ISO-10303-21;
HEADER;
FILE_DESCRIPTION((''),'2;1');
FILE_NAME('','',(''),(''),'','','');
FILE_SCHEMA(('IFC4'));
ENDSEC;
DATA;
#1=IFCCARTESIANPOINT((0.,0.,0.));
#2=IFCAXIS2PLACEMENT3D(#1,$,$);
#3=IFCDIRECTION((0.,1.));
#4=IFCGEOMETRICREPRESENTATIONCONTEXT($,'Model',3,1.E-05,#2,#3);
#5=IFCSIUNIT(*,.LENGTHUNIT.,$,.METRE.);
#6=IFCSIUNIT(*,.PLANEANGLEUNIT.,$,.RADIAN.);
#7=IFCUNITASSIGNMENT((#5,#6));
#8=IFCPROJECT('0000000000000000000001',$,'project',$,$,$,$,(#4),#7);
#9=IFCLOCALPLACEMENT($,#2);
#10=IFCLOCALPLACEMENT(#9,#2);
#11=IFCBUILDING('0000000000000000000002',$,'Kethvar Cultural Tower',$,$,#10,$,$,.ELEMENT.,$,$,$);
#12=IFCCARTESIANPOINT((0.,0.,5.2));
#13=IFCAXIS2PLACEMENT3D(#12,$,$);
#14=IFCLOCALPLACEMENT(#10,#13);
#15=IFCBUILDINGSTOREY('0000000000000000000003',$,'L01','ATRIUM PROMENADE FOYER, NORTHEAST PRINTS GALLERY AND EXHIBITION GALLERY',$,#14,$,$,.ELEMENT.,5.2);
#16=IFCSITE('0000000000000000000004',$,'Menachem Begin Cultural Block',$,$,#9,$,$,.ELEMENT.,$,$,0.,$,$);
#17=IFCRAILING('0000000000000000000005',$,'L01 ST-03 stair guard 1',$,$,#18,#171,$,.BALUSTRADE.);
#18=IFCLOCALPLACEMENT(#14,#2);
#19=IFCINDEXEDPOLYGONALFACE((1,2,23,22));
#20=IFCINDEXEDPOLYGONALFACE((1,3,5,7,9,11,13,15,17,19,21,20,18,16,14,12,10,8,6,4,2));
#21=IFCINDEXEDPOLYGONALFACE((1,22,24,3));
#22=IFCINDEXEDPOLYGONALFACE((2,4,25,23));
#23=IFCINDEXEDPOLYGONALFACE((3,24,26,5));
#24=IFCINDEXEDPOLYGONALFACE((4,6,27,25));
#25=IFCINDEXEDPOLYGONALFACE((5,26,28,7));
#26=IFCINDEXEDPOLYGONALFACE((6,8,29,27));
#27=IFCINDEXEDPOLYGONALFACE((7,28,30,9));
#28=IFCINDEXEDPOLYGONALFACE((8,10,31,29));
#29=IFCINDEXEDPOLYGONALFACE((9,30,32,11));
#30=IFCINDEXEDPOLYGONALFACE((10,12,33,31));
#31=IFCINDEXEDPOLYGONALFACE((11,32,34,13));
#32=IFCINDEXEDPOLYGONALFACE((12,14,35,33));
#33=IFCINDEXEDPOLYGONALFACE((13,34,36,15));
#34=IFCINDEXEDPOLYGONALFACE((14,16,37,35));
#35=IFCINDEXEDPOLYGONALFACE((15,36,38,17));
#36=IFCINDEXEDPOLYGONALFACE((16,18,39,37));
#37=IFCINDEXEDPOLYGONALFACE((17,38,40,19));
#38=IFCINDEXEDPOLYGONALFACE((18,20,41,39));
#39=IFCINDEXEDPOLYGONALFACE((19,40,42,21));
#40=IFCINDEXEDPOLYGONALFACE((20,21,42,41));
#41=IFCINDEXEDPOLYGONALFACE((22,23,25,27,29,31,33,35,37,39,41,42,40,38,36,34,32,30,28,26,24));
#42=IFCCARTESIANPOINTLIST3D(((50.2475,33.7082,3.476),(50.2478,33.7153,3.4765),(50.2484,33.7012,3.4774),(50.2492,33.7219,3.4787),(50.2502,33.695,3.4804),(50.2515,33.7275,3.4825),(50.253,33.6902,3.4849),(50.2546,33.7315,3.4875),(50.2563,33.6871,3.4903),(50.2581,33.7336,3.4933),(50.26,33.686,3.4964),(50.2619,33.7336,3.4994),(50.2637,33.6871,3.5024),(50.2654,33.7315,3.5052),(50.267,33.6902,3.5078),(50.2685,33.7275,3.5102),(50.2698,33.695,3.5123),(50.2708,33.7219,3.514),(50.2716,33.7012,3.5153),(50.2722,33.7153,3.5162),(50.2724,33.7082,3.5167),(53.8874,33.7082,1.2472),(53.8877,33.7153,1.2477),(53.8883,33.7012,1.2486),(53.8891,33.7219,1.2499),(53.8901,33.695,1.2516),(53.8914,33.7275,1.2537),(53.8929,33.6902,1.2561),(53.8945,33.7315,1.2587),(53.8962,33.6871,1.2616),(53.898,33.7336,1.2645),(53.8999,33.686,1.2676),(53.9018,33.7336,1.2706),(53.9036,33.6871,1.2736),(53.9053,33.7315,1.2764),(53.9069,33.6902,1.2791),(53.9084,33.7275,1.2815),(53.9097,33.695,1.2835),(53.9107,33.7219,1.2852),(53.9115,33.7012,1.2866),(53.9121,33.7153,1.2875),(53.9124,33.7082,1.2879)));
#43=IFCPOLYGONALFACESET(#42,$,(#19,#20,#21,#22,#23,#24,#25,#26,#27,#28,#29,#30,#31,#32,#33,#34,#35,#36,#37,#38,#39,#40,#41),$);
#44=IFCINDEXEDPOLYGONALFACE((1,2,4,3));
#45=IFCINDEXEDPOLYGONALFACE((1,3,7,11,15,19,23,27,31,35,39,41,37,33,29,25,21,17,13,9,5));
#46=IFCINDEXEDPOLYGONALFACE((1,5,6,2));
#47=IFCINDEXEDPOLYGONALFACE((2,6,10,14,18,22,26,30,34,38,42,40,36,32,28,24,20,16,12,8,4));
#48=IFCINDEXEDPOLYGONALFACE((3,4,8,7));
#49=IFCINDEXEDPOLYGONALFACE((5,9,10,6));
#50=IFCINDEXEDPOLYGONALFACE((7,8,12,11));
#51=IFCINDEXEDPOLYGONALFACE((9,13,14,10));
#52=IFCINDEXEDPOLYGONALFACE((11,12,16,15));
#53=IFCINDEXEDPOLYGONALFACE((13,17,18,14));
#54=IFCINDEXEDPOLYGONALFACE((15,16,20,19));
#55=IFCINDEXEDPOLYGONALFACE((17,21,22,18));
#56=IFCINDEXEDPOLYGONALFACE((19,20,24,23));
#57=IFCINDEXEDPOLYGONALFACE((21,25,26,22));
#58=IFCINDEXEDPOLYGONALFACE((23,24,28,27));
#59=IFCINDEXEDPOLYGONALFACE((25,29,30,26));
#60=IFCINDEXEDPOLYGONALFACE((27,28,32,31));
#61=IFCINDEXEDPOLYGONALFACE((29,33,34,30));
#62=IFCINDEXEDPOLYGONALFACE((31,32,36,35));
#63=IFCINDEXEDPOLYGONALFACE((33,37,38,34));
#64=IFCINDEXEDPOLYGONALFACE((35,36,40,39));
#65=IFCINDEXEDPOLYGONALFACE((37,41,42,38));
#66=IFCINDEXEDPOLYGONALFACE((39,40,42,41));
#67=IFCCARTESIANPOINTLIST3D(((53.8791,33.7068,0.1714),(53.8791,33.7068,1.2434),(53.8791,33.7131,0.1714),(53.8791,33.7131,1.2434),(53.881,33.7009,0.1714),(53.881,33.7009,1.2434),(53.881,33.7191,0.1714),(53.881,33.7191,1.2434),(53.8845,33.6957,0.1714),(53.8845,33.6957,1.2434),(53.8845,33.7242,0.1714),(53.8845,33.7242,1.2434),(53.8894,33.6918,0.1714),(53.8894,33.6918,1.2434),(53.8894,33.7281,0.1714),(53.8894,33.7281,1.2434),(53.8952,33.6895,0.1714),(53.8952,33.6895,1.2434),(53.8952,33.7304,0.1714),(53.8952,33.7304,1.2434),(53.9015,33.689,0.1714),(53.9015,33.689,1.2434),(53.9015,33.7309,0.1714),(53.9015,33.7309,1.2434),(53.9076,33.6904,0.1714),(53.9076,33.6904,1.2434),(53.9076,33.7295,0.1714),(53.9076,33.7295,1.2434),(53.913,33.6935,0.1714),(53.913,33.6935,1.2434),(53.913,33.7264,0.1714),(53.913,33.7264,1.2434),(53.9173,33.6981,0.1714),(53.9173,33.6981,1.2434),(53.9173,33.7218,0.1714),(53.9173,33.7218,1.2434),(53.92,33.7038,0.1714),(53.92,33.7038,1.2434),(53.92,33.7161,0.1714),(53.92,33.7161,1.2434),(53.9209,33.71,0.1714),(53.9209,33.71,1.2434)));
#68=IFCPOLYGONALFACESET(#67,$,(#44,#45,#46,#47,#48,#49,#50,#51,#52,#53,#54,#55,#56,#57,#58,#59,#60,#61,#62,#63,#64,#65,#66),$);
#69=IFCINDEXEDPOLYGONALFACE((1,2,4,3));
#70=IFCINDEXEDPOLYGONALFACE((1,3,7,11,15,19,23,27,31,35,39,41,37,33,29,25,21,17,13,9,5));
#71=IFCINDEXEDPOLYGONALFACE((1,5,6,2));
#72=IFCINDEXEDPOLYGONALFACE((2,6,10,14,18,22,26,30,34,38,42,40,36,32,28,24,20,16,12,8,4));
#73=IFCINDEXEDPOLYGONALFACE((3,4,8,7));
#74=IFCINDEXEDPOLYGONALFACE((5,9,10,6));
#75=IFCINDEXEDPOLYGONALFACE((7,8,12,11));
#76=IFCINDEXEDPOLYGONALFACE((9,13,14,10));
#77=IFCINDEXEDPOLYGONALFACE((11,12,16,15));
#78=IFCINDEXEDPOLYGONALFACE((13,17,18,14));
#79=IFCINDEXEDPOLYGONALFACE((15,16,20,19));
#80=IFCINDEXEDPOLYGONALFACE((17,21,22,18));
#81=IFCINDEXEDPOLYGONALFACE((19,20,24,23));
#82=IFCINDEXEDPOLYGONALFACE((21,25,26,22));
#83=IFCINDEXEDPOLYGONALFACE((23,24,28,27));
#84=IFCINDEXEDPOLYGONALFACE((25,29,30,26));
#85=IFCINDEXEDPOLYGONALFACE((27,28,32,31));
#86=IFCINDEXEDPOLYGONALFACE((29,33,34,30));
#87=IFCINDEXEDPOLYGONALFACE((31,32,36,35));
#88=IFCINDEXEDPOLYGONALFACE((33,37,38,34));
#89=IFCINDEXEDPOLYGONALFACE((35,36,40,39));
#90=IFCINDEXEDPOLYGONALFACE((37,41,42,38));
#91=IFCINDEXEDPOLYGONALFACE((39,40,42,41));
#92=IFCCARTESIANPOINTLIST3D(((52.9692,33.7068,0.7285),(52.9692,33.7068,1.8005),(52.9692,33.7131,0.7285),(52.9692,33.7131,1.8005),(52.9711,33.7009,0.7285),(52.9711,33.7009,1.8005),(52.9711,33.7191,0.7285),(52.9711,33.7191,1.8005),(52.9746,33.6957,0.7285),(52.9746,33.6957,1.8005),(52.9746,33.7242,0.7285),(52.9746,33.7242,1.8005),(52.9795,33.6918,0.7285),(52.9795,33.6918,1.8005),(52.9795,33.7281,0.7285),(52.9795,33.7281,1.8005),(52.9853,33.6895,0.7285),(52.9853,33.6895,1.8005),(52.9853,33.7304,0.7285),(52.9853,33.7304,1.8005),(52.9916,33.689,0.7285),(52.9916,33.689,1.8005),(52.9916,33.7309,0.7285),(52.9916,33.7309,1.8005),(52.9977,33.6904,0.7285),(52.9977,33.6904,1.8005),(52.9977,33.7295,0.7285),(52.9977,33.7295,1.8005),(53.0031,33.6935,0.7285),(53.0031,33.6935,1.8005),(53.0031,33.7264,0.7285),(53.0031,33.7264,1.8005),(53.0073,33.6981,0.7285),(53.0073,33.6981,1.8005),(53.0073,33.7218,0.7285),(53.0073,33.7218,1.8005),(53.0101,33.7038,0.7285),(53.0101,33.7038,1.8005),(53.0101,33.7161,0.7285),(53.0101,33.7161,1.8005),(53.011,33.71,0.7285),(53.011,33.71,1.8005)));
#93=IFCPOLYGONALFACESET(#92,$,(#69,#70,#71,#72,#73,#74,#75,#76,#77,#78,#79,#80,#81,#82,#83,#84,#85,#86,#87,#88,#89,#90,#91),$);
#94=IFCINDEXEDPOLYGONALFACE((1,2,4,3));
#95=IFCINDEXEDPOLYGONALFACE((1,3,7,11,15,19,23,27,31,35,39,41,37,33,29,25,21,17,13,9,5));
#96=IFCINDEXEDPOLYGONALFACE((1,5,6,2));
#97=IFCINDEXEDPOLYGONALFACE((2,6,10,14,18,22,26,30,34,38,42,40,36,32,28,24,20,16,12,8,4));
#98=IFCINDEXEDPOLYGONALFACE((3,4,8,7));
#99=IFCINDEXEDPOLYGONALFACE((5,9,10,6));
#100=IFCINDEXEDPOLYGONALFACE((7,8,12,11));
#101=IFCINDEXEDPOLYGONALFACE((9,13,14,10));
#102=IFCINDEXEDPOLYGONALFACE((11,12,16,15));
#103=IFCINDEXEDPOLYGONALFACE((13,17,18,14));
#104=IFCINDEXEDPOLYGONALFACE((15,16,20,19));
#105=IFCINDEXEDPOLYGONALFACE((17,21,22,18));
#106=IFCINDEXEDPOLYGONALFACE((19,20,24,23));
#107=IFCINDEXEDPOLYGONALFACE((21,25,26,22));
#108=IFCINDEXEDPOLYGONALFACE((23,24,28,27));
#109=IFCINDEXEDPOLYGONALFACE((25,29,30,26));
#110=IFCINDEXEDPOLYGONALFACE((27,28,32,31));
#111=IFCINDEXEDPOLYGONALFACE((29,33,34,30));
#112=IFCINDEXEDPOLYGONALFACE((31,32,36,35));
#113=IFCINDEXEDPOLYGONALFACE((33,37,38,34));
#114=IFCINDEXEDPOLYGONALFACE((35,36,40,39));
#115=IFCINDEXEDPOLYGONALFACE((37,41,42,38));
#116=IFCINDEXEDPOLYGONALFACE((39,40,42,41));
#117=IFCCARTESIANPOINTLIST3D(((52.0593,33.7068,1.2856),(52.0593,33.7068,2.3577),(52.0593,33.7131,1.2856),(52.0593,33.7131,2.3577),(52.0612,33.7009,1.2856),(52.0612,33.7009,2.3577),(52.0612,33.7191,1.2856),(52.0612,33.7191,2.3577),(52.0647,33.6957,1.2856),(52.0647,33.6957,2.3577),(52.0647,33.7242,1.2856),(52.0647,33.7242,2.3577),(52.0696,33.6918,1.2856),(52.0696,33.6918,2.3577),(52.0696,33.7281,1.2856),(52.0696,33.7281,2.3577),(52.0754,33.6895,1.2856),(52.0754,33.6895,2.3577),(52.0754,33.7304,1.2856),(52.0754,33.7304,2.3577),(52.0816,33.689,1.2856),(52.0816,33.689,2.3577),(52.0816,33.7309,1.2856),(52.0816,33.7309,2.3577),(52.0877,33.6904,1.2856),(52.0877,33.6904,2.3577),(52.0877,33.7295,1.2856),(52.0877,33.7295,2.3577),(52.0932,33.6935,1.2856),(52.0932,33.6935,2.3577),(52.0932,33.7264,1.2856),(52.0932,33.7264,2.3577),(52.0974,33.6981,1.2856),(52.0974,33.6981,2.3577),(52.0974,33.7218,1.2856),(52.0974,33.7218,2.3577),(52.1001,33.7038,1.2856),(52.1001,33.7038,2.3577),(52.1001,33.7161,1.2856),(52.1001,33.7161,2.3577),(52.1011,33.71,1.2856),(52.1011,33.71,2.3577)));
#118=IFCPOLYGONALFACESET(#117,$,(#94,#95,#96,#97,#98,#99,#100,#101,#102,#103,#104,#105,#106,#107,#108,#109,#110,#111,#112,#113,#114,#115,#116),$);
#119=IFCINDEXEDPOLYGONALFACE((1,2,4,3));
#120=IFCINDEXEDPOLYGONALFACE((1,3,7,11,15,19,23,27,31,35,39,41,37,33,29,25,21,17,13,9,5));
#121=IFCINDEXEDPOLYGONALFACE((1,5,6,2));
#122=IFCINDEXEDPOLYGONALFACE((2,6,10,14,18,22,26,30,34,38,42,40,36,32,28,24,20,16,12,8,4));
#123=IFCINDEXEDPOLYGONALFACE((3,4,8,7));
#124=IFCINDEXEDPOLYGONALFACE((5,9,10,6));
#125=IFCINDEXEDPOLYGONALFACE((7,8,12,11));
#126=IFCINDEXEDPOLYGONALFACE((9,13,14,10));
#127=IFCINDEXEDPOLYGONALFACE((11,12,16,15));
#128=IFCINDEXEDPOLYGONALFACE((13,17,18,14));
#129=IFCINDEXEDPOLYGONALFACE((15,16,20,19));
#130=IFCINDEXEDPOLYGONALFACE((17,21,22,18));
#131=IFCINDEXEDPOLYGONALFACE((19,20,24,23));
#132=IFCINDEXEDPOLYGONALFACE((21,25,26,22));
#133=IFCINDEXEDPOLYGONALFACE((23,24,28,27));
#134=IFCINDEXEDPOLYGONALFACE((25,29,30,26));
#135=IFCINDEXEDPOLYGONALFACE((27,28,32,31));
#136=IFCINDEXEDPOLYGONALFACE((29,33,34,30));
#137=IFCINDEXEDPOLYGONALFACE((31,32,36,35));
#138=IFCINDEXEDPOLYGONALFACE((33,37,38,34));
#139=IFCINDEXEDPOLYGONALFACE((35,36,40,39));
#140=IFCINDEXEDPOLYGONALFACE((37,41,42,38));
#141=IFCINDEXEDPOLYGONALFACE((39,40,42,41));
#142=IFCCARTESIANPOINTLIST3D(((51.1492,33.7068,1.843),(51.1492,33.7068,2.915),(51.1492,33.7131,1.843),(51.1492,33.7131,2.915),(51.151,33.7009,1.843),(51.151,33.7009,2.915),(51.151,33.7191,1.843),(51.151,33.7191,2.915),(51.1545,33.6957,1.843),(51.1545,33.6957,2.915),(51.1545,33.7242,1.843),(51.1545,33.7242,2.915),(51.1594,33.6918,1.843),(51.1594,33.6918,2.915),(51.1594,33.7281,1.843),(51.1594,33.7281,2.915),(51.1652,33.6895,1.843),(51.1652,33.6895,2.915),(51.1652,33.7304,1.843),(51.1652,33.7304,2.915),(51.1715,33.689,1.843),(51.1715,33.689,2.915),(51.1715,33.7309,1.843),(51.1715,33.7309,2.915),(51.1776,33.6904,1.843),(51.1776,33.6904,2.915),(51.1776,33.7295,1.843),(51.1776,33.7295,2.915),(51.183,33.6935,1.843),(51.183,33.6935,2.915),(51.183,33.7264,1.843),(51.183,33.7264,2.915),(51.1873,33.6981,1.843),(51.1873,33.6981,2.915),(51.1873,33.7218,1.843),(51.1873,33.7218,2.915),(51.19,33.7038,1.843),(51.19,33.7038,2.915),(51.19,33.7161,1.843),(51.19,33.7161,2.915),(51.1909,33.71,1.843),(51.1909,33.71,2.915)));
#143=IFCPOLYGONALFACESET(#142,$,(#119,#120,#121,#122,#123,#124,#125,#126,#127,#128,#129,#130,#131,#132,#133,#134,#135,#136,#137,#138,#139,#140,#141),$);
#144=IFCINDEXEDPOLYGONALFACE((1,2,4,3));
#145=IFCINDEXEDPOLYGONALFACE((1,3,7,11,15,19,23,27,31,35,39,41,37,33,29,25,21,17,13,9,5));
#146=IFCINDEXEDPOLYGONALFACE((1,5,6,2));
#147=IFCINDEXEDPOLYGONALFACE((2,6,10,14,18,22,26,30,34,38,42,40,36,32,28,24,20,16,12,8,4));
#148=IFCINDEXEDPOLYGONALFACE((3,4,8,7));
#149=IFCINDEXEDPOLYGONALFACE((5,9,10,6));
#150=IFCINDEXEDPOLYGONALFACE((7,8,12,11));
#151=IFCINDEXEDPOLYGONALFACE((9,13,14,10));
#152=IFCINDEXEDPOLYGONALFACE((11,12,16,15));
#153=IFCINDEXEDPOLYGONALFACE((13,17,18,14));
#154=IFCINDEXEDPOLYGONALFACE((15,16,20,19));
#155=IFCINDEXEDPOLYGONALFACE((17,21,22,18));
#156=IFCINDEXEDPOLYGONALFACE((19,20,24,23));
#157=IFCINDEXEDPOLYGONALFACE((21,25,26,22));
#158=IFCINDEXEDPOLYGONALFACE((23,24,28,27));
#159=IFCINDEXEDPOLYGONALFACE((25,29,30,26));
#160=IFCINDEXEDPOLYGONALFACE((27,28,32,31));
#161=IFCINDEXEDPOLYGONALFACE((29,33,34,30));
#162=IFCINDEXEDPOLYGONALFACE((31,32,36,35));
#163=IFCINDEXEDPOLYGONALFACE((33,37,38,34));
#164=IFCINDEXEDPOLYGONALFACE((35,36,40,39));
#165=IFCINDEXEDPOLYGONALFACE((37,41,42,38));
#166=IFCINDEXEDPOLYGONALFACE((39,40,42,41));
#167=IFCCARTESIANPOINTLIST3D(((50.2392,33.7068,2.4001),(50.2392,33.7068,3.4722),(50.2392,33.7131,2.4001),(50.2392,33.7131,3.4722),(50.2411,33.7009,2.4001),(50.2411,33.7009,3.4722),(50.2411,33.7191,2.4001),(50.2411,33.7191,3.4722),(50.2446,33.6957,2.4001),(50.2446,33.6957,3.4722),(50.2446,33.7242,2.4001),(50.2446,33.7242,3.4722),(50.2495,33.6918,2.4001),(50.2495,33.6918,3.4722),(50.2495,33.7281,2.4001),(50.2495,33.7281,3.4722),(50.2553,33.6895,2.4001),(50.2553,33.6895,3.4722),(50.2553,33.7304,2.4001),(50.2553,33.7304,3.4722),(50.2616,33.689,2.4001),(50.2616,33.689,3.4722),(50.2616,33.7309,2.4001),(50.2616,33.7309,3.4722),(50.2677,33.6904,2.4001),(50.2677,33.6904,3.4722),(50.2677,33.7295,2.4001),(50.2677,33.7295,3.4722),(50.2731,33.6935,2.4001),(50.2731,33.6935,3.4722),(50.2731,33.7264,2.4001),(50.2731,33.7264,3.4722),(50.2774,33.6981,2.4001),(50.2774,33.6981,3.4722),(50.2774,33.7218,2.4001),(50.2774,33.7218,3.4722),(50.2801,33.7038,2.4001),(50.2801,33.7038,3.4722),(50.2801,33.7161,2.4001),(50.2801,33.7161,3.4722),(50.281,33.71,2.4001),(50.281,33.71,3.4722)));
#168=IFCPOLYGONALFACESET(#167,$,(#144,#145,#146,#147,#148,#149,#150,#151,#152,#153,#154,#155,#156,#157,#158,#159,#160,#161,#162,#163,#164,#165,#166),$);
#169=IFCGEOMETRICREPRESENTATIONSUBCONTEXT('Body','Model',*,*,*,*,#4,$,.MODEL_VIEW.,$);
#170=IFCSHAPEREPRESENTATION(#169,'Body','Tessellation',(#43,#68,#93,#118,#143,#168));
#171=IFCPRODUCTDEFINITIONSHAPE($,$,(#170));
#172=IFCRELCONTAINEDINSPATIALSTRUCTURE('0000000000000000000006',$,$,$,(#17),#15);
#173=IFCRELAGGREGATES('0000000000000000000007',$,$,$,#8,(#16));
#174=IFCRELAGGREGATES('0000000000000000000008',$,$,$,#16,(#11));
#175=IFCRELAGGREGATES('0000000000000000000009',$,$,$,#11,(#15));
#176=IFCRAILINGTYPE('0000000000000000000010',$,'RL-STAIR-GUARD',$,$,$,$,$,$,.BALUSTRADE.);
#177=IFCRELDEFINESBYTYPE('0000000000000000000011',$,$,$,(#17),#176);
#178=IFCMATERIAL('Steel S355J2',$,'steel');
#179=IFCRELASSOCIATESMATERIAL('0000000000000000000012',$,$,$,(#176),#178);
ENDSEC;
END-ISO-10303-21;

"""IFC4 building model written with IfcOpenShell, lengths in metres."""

from ifc_helpers import new_model, si_unit, direction, frame, origin, origin_2d, place, context, subcontext, project, spatial, circle, extrude, material, type_object, element, save


model = new_model("IFC4")

# Units and contexts
model_context = context("Model", 3, precision=1e-05, world=origin(), true_north=direction((0.0, 1.0)))
body_context = subcontext(model_context, "Body", "Model", "MODEL_VIEW")
ifc_project = project(units=[si_unit("LENGTHUNIT", "METRE"), si_unit("PLANEANGLEUNIT", "RADIAN")], contexts=[model_context])

# Site, building, storey
site_placement = place(None, origin())
site = spatial("IfcSite", under=ifc_project, at=site_placement, Name="Menachem Begin Cultural Block", CompositionType="ELEMENT", RefElevation=0.0)
building_placement = place(site_placement, origin())
building = spatial("IfcBuilding", under=site, at=building_placement, Name="Kethvar Cultural Tower", CompositionType="ELEMENT")
storey_placement = place(building_placement, frame((0.0, 0.0, 5.2)))
storey = spatial("IfcBuildingStorey", under=building, at=storey_placement, Name="L01", Description="ATRIUM PROMENADE FOYER, NORTHEAST PRINTS GALLERY AND EXHIBITION GALLERY", CompositionType="ELEMENT", Elevation=5.2)

# Shared definitions
ifc_material_1 = material(Name="Steel S355J2", Category="steel")

# Railing
railing_type_1 = type_object("IfcRailingType", Name="RL-STAIR-GUARD", PredefinedType="BALUSTRADE", material=ifc_material_1)
railing_1_placement = place(storey_placement, frame((53.8999, 33.71, 0.1714)))
element("IfcRailing", 1, at=railing_1_placement, inside=storey, type_object=railing_type_1, Name="L01 ST-03 stair guard 1", PredefinedType="BALUSTRADE", context=body_context, shape_type="SweptSolid", body=[
    extrude(circle(Radius=0.0239, at=origin_2d()), frame((0.0, 0.0, 1.0962), z_axis=(-0.852825, 0.0, 0.522197), x_axis=(0.0, -1.0, 0.0)), (0.0, 0.0, 1.0), 4.2681),
    extrude(circle(Radius=0.021, at=origin_2d()), origin(), (0.0, 0.0, 1.0), 1.072),
    extrude(circle(Radius=0.021, at=origin_2d()), frame((-0.9099, 0.0, 0.5571)), (0.0, 0.0, 1.0), 1.072),
    extrude(circle(Radius=0.021, at=origin_2d()), frame((-1.8198, 0.0, 1.1143)), (0.0, 0.0, 1.0), 1.072),
    extrude(circle(Radius=0.021, at=origin_2d()), frame((-2.73, 0.0, 1.6716)), (0.0, 0.0, 1.0), 1.072),
    extrude(circle(Radius=0.021, at=origin_2d()), frame((-3.6399, 0.0, 2.2288)), (0.0, 0.0, 1.0), 1.072),
])

save(model, "model.ifc")
